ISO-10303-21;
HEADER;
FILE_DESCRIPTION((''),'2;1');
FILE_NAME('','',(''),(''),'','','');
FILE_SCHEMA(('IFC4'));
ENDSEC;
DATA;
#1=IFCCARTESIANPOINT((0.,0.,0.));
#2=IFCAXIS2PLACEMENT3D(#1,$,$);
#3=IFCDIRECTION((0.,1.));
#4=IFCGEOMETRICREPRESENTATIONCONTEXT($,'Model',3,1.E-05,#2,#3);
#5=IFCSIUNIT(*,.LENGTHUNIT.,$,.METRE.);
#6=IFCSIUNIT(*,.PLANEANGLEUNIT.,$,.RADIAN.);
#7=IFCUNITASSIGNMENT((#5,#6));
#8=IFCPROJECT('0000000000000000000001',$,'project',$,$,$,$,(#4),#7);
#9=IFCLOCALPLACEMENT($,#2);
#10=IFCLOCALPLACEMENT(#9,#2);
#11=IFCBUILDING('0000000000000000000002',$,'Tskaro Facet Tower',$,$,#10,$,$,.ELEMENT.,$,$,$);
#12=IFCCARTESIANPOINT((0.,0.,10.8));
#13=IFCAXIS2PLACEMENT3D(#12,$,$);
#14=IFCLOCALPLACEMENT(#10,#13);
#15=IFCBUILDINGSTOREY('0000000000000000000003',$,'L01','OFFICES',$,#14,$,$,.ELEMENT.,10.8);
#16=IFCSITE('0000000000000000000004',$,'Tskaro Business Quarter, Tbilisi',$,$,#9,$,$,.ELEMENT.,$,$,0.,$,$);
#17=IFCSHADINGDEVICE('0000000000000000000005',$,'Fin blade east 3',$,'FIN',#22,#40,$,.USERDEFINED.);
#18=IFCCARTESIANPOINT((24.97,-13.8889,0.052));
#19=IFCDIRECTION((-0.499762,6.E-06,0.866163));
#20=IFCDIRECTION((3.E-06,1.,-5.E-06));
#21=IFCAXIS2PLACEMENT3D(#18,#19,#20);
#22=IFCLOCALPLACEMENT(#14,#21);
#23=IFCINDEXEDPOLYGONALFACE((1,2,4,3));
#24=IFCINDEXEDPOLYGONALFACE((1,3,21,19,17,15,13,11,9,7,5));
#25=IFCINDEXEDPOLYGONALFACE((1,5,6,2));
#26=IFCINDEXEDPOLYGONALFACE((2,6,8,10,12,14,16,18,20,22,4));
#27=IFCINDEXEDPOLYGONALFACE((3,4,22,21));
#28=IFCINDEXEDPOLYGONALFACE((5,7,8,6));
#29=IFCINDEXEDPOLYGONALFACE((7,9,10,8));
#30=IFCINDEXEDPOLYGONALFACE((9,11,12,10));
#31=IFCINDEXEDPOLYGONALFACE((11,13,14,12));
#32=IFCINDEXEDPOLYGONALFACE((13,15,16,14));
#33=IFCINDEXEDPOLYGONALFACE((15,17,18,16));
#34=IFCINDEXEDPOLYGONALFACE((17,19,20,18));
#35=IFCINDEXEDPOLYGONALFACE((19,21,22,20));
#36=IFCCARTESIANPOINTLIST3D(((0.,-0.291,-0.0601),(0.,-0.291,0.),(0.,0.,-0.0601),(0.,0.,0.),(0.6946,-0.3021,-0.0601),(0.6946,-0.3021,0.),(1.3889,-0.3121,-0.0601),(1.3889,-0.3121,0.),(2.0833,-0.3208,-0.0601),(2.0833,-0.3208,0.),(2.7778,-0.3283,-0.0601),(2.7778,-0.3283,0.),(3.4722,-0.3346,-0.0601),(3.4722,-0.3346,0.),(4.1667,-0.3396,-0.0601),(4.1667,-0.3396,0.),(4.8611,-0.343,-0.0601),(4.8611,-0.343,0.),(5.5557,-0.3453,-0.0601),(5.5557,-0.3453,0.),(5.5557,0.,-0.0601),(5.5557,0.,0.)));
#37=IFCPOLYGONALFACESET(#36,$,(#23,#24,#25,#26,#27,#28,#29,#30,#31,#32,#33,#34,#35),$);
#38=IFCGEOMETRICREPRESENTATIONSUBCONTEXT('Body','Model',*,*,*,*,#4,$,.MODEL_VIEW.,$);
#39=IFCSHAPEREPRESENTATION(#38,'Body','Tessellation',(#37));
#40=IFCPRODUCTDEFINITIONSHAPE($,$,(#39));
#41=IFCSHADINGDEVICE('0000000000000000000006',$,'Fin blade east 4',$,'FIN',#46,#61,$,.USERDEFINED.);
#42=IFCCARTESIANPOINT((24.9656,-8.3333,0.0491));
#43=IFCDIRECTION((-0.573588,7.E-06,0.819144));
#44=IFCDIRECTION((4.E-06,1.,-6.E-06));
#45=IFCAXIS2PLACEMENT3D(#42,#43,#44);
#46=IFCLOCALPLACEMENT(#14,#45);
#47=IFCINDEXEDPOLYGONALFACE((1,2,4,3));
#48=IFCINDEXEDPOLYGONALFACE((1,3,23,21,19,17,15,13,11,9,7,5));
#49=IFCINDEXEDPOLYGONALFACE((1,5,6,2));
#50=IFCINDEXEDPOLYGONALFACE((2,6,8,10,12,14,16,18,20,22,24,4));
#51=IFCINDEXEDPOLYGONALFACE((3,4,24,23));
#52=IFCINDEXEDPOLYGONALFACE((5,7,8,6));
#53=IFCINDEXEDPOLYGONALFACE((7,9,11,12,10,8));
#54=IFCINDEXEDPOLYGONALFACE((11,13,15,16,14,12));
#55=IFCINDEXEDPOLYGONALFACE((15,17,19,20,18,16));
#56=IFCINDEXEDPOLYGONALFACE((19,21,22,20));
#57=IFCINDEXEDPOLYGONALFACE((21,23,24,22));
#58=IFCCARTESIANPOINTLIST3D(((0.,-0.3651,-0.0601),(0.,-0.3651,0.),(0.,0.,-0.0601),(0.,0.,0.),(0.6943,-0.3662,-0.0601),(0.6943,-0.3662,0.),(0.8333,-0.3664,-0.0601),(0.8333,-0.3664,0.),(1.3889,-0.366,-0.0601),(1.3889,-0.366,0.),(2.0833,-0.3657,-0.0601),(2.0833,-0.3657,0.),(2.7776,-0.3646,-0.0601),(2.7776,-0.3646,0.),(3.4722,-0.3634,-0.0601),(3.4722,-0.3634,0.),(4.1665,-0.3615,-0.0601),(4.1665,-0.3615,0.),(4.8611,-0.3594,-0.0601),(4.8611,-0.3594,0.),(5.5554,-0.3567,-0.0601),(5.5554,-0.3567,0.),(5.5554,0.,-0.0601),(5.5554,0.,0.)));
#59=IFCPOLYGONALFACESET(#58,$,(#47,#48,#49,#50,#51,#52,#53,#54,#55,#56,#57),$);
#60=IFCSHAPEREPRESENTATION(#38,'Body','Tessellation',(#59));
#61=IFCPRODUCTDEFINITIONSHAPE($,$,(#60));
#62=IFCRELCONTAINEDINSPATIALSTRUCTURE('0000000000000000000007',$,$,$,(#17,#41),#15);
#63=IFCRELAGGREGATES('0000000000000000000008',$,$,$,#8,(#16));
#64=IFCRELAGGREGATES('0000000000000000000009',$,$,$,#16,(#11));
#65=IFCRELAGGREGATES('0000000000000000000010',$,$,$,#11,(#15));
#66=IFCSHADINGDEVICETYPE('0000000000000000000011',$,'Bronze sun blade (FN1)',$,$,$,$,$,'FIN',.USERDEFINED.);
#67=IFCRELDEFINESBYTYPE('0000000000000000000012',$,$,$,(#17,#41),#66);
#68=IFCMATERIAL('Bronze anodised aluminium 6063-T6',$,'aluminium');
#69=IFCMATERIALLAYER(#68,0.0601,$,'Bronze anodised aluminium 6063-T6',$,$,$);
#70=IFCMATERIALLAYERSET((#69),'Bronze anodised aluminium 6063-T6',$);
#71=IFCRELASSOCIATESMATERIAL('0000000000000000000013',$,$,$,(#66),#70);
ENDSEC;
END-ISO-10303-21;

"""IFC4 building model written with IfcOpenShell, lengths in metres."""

from ifc_helpers import new_model, si_unit, direction, frame, origin, place, context, subcontext, project, spatial, polyline, outline, extrude, material, layer, layer_set, type_object, element, save


model = new_model("IFC4")

# Units and contexts
model_context = context("Model", 3, precision=1e-05, world=origin(), true_north=direction((0.0, 1.0)))
body_context = subcontext(model_context, "Body", "Model", "MODEL_VIEW")
ifc_project = project(units=[si_unit("LENGTHUNIT", "METRE"), si_unit("PLANEANGLEUNIT", "RADIAN")], contexts=[model_context])

# Site, building, storey
site_placement = place(None, origin())
site = spatial("IfcSite", under=ifc_project, at=site_placement, Name="Tskaro Business Quarter, Tbilisi", CompositionType="ELEMENT", RefElevation=0.0)
building_placement = place(site_placement, origin())
building = spatial("IfcBuilding", under=site, at=building_placement, Name="Tskaro Facet Tower", CompositionType="ELEMENT")
storey_placement = place(building_placement, frame((0.0, 0.0, 10.8)))
storey = spatial("IfcBuildingStorey", under=building, at=storey_placement, Name="L01", Description="OFFICES", CompositionType="ELEMENT", Elevation=10.8)

# Shared definitions
ifc_material_1 = material(Name="Bronze anodised aluminium 6063-T6", Category="aluminium")

# Shading devices
ifc_layer_1 = layer(ifc_material_1, 0.0601, Name="Bronze anodised aluminium 6063-T6")
ifc_layer_set_1 = layer_set([ifc_layer_1], Name="Bronze anodised aluminium 6063-T6")
shading_device_type = type_object("IfcShadingDeviceType", Name="Bronze sun blade (FN1)", ElementType="FIN", PredefinedType="USERDEFINED", material=ifc_layer_set_1)
shading_device_1_placement = place(storey_placement, frame((24.97, -13.8889, 0.052), z_axis=(-0.499762, 0.000006, 0.866163), x_axis=(0.000003, 1.0, -0.000005)))
element("IfcShadingDevice", 1, at=shading_device_1_placement, inside=storey, type_object=shading_device_type, Name="Fin blade east 3", ObjectType="FIN", PredefinedType="USERDEFINED", context=body_context, shape_type="SweptSolid", body=[
    extrude(outline(polyline([(0.0, 0.0), (5.5557, 0.0), (5.5557, -0.3453), (4.8611, -0.343), (4.1667, -0.3396), (3.4722, -0.3346), (2.7778, -0.3283), (2.0833, -0.3208), (1.3889, -0.3121), (0.6946, -0.3021), (0.0, -0.291), (0.0, 0.0)])), origin(), (0.0, 0.0, -1.0), 0.0601),
])
shading_device_2_placement = place(storey_placement, frame((24.9656, -8.3333, 0.0491), z_axis=(-0.573588, 0.000007, 0.819144), x_axis=(0.000004, 1.0, -0.000006)))
element("IfcShadingDevice", 2, at=shading_device_2_placement, inside=storey, type_object=shading_device_type, Name="Fin blade east 4", ObjectType="FIN", PredefinedType="USERDEFINED", context=body_context, shape_type="SweptSolid", body=[
    extrude(outline(polyline([(0.0, 0.0), (5.5554, 0.0), (5.5554, -0.3567), (4.8611, -0.3594), (4.1665, -0.3615), (3.4722, -0.3634), (2.7776, -0.3646), (2.0833, -0.3657), (1.3889, -0.366), (0.8333, -0.3664), (0.6943, -0.3662), (0.0, -0.3651), (0.0, 0.0)])), origin(), (0.0, 0.0, -1.0), 0.0601),
])

save(model, "model.ifc")
